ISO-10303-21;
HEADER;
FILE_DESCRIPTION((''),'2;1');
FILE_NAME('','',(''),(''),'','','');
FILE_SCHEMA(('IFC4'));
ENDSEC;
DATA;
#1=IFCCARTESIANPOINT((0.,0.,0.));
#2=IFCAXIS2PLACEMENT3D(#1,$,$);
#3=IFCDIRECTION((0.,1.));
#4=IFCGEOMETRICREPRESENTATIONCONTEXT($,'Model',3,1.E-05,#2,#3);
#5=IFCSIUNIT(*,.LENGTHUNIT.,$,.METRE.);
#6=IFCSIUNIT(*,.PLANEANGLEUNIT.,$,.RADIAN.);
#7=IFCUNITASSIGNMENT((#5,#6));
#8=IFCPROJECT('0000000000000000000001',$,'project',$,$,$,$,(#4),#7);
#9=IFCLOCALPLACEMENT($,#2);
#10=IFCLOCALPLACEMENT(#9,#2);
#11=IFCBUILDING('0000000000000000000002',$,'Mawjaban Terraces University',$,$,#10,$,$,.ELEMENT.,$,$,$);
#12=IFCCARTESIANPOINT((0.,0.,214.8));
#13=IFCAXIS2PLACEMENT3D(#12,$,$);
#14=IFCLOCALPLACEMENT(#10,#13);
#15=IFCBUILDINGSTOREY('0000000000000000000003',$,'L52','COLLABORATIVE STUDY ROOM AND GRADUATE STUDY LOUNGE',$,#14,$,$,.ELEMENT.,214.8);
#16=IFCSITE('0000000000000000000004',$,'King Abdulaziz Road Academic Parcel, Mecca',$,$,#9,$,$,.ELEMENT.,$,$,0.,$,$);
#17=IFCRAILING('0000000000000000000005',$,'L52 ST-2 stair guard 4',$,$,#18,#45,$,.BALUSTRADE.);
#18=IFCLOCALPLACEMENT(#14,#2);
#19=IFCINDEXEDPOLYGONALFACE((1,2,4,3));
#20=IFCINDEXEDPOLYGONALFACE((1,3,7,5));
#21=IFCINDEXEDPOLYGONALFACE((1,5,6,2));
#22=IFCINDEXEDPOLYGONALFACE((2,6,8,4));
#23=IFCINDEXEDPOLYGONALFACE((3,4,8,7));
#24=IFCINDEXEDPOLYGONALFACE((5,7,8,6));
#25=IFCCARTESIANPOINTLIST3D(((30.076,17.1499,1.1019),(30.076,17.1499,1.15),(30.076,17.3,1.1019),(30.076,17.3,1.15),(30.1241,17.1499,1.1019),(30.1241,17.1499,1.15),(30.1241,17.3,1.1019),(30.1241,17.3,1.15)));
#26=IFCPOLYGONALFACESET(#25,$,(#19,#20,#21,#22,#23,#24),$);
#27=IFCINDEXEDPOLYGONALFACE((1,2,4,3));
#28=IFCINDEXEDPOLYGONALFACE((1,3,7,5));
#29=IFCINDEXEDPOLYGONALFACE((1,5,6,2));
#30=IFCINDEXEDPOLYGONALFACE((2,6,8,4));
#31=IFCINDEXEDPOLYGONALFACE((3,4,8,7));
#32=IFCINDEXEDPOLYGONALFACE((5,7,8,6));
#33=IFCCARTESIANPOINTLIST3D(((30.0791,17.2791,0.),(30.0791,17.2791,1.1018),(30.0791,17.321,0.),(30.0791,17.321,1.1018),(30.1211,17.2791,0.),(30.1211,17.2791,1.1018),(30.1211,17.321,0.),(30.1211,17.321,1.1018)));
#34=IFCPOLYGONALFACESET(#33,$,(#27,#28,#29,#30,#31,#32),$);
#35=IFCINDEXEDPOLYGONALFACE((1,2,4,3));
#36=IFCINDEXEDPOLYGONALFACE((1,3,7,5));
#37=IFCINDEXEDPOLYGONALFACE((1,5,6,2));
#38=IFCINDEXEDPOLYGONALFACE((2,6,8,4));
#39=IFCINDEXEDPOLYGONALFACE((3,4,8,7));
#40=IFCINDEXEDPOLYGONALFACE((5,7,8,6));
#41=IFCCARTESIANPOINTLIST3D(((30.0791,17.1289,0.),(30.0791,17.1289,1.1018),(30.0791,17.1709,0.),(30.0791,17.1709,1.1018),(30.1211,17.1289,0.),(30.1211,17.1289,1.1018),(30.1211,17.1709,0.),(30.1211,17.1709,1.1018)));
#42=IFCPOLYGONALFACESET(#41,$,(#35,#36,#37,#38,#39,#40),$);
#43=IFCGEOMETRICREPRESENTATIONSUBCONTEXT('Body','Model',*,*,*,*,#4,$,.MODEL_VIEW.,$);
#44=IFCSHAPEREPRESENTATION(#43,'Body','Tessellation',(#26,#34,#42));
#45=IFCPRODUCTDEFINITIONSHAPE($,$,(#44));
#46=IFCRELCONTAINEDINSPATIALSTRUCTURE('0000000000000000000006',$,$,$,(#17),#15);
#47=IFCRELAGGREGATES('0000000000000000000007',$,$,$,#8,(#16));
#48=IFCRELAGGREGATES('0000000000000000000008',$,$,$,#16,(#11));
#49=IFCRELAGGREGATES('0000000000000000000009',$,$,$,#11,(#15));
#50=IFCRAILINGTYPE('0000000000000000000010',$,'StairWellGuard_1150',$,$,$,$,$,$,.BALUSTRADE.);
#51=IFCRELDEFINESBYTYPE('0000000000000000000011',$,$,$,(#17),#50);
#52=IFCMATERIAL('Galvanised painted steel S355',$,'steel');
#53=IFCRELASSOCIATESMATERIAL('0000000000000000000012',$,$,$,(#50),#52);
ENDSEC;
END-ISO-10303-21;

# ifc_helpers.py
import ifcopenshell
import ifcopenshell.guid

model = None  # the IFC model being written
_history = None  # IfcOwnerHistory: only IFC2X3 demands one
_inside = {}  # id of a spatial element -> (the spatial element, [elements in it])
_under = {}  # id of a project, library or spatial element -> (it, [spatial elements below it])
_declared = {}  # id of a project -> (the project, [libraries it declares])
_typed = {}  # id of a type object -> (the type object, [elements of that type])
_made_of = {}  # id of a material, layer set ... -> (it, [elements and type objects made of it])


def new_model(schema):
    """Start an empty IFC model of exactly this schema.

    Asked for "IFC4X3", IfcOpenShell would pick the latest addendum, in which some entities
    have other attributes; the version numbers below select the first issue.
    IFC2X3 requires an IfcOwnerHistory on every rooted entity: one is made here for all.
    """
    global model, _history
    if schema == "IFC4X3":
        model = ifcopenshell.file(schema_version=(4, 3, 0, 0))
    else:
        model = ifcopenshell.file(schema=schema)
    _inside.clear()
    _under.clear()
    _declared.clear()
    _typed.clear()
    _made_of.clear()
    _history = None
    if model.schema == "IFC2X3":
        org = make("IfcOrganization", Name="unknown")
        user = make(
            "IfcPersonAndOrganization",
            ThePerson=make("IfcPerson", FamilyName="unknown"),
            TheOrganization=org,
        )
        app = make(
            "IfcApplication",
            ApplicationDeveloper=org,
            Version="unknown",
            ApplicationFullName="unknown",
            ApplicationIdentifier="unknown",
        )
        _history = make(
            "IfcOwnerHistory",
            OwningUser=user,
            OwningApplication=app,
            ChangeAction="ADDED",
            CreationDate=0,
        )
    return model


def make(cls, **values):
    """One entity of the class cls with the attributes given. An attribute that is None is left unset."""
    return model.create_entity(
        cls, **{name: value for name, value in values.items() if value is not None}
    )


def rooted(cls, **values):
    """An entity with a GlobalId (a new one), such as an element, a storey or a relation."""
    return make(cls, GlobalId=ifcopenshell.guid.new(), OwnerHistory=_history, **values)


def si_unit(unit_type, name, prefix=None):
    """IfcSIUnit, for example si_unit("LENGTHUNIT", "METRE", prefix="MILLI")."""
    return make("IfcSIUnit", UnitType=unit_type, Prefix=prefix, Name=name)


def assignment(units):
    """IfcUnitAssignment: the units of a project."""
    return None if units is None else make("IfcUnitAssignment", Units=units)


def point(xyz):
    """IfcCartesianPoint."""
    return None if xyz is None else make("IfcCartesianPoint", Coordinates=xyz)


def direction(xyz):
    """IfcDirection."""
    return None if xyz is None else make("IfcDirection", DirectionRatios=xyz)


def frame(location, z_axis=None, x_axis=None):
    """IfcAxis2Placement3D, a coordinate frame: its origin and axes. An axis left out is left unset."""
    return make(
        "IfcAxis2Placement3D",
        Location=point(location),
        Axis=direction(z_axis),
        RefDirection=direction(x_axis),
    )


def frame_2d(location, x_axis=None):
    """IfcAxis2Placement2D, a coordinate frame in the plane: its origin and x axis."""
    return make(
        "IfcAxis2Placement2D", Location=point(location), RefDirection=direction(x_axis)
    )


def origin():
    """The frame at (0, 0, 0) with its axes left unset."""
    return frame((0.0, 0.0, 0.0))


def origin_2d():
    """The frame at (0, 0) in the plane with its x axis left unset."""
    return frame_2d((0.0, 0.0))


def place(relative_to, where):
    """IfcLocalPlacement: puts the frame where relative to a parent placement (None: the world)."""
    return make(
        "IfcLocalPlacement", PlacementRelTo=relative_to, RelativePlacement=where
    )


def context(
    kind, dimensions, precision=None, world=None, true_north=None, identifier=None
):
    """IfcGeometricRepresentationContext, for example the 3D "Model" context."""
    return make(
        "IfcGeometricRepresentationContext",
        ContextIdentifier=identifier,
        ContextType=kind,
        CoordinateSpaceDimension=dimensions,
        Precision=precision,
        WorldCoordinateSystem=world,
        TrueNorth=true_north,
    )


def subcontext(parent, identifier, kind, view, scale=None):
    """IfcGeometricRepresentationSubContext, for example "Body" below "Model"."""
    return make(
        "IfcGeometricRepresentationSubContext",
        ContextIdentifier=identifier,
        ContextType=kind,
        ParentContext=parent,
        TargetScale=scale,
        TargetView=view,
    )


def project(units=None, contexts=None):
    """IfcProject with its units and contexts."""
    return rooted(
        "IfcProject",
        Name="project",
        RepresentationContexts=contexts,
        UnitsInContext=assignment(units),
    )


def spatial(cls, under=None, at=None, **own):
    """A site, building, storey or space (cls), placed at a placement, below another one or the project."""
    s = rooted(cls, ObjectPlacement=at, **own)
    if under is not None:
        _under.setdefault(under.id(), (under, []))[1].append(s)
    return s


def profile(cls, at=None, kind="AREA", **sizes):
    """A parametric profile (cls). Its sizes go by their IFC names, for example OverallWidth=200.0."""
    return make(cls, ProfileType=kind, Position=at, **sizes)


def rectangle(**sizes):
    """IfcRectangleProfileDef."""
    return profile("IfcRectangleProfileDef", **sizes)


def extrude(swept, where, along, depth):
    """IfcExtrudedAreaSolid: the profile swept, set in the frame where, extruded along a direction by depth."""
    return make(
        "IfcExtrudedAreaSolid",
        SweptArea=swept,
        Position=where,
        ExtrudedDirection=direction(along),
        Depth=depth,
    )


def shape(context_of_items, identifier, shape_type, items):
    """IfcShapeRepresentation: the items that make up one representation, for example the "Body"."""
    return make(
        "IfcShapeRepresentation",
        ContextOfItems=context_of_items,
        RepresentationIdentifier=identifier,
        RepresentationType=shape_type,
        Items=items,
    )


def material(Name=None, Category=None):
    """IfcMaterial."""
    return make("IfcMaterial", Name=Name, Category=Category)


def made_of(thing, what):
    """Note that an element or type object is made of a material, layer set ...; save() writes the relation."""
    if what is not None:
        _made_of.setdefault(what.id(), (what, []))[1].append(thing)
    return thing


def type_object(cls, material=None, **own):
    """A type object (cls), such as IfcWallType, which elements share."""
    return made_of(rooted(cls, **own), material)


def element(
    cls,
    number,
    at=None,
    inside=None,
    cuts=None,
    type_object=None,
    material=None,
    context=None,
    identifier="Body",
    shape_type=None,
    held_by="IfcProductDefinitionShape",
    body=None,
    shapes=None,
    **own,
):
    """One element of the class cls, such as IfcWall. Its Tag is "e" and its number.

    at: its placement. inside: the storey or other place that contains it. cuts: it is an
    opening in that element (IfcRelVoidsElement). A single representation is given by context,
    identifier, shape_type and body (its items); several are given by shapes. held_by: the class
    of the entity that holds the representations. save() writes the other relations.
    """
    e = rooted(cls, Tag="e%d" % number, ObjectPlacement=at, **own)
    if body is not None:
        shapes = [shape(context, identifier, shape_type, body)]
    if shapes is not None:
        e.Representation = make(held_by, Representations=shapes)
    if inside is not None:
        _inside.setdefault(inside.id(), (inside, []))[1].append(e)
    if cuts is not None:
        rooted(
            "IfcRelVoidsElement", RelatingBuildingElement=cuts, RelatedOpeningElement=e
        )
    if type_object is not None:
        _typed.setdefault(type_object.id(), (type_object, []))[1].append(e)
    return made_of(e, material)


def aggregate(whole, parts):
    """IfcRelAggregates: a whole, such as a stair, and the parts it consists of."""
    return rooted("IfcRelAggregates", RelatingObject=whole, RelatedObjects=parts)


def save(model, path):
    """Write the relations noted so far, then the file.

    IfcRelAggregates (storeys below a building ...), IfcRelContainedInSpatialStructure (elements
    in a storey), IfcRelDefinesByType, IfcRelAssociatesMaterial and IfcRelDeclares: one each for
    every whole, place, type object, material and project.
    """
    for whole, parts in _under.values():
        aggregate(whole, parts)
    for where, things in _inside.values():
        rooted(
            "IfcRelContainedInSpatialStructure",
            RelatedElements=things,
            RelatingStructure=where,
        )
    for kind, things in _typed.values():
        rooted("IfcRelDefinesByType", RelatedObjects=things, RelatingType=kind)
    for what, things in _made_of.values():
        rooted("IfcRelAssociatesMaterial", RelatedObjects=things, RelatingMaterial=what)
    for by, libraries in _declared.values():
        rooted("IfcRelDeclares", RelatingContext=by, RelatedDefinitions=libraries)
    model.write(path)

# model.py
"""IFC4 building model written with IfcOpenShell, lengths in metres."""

from ifc_helpers import new_model, si_unit, direction, frame, origin, origin_2d, place, context, subcontext, project, spatial, rectangle, extrude, material, type_object, element, save


model = new_model("IFC4")

# Units and contexts
model_context = context("Model", 3, precision=1e-05, world=origin(), true_north=direction((0.0, 1.0)))
body_context = subcontext(model_context, "Body", "Model", "MODEL_VIEW")
ifc_project = project(units=[si_unit("LENGTHUNIT", "METRE"), si_unit("PLANEANGLEUNIT", "RADIAN")], contexts=[model_context])

# Site, building, storey
site_placement = place(None, origin())
site = spatial("IfcSite", under=ifc_project, at=site_placement, Name="King Abdulaziz Road Academic Parcel, Mecca", CompositionType="ELEMENT", RefElevation=0.0)
building_placement = place(site_placement, origin())
building = spatial("IfcBuilding", under=site, at=building_placement, Name="Mawjaban Terraces University", CompositionType="ELEMENT")
storey_placement = place(building_placement, frame((0.0, 0.0, 214.8)))
storey = spatial("IfcBuildingStorey", under=building, at=storey_placement, Name="L52", Description="COLLABORATIVE STUDY ROOM AND GRADUATE STUDY LOUNGE", CompositionType="ELEMENT", Elevation=214.8)

# Railing
ifc_material_1 = material(Name="Galvanised painted steel S355", Category="steel")
railing_type_1 = type_object("IfcRailingType", Name="StairWellGuard_1150", PredefinedType="BALUSTRADE", material=ifc_material_1)
railing_1_placement = place(storey_placement, frame((30.1001, 17.3, 0.0)))
element("IfcRailing", 1, at=railing_1_placement, inside=storey, type_object=railing_type_1, Name="L52 ST-2 stair guard 4", PredefinedType="BALUSTRADE", context=body_context, shape_type="SweptSolid", body=[
    extrude(rectangle(XDim=0.0481, YDim=0.0481, at=origin_2d()), frame((0.0, 0.0, 1.126), z_axis=(0.0, -1.0, 0.0), x_axis=(1.0, 0.0, 0.0)), (0.0, 0.0, 1.0), 0.1501),
    extrude(rectangle(XDim=0.042, YDim=0.042, at=origin_2d()), origin(), (0.0, 0.0, 1.0), 1.1018),
    extrude(rectangle(XDim=0.042, YDim=0.042, at=origin_2d()), frame((0.0, -0.1501, 0.0)), (0.0, 0.0, 1.0), 1.1018),
])

save(model, "model.ifc")
